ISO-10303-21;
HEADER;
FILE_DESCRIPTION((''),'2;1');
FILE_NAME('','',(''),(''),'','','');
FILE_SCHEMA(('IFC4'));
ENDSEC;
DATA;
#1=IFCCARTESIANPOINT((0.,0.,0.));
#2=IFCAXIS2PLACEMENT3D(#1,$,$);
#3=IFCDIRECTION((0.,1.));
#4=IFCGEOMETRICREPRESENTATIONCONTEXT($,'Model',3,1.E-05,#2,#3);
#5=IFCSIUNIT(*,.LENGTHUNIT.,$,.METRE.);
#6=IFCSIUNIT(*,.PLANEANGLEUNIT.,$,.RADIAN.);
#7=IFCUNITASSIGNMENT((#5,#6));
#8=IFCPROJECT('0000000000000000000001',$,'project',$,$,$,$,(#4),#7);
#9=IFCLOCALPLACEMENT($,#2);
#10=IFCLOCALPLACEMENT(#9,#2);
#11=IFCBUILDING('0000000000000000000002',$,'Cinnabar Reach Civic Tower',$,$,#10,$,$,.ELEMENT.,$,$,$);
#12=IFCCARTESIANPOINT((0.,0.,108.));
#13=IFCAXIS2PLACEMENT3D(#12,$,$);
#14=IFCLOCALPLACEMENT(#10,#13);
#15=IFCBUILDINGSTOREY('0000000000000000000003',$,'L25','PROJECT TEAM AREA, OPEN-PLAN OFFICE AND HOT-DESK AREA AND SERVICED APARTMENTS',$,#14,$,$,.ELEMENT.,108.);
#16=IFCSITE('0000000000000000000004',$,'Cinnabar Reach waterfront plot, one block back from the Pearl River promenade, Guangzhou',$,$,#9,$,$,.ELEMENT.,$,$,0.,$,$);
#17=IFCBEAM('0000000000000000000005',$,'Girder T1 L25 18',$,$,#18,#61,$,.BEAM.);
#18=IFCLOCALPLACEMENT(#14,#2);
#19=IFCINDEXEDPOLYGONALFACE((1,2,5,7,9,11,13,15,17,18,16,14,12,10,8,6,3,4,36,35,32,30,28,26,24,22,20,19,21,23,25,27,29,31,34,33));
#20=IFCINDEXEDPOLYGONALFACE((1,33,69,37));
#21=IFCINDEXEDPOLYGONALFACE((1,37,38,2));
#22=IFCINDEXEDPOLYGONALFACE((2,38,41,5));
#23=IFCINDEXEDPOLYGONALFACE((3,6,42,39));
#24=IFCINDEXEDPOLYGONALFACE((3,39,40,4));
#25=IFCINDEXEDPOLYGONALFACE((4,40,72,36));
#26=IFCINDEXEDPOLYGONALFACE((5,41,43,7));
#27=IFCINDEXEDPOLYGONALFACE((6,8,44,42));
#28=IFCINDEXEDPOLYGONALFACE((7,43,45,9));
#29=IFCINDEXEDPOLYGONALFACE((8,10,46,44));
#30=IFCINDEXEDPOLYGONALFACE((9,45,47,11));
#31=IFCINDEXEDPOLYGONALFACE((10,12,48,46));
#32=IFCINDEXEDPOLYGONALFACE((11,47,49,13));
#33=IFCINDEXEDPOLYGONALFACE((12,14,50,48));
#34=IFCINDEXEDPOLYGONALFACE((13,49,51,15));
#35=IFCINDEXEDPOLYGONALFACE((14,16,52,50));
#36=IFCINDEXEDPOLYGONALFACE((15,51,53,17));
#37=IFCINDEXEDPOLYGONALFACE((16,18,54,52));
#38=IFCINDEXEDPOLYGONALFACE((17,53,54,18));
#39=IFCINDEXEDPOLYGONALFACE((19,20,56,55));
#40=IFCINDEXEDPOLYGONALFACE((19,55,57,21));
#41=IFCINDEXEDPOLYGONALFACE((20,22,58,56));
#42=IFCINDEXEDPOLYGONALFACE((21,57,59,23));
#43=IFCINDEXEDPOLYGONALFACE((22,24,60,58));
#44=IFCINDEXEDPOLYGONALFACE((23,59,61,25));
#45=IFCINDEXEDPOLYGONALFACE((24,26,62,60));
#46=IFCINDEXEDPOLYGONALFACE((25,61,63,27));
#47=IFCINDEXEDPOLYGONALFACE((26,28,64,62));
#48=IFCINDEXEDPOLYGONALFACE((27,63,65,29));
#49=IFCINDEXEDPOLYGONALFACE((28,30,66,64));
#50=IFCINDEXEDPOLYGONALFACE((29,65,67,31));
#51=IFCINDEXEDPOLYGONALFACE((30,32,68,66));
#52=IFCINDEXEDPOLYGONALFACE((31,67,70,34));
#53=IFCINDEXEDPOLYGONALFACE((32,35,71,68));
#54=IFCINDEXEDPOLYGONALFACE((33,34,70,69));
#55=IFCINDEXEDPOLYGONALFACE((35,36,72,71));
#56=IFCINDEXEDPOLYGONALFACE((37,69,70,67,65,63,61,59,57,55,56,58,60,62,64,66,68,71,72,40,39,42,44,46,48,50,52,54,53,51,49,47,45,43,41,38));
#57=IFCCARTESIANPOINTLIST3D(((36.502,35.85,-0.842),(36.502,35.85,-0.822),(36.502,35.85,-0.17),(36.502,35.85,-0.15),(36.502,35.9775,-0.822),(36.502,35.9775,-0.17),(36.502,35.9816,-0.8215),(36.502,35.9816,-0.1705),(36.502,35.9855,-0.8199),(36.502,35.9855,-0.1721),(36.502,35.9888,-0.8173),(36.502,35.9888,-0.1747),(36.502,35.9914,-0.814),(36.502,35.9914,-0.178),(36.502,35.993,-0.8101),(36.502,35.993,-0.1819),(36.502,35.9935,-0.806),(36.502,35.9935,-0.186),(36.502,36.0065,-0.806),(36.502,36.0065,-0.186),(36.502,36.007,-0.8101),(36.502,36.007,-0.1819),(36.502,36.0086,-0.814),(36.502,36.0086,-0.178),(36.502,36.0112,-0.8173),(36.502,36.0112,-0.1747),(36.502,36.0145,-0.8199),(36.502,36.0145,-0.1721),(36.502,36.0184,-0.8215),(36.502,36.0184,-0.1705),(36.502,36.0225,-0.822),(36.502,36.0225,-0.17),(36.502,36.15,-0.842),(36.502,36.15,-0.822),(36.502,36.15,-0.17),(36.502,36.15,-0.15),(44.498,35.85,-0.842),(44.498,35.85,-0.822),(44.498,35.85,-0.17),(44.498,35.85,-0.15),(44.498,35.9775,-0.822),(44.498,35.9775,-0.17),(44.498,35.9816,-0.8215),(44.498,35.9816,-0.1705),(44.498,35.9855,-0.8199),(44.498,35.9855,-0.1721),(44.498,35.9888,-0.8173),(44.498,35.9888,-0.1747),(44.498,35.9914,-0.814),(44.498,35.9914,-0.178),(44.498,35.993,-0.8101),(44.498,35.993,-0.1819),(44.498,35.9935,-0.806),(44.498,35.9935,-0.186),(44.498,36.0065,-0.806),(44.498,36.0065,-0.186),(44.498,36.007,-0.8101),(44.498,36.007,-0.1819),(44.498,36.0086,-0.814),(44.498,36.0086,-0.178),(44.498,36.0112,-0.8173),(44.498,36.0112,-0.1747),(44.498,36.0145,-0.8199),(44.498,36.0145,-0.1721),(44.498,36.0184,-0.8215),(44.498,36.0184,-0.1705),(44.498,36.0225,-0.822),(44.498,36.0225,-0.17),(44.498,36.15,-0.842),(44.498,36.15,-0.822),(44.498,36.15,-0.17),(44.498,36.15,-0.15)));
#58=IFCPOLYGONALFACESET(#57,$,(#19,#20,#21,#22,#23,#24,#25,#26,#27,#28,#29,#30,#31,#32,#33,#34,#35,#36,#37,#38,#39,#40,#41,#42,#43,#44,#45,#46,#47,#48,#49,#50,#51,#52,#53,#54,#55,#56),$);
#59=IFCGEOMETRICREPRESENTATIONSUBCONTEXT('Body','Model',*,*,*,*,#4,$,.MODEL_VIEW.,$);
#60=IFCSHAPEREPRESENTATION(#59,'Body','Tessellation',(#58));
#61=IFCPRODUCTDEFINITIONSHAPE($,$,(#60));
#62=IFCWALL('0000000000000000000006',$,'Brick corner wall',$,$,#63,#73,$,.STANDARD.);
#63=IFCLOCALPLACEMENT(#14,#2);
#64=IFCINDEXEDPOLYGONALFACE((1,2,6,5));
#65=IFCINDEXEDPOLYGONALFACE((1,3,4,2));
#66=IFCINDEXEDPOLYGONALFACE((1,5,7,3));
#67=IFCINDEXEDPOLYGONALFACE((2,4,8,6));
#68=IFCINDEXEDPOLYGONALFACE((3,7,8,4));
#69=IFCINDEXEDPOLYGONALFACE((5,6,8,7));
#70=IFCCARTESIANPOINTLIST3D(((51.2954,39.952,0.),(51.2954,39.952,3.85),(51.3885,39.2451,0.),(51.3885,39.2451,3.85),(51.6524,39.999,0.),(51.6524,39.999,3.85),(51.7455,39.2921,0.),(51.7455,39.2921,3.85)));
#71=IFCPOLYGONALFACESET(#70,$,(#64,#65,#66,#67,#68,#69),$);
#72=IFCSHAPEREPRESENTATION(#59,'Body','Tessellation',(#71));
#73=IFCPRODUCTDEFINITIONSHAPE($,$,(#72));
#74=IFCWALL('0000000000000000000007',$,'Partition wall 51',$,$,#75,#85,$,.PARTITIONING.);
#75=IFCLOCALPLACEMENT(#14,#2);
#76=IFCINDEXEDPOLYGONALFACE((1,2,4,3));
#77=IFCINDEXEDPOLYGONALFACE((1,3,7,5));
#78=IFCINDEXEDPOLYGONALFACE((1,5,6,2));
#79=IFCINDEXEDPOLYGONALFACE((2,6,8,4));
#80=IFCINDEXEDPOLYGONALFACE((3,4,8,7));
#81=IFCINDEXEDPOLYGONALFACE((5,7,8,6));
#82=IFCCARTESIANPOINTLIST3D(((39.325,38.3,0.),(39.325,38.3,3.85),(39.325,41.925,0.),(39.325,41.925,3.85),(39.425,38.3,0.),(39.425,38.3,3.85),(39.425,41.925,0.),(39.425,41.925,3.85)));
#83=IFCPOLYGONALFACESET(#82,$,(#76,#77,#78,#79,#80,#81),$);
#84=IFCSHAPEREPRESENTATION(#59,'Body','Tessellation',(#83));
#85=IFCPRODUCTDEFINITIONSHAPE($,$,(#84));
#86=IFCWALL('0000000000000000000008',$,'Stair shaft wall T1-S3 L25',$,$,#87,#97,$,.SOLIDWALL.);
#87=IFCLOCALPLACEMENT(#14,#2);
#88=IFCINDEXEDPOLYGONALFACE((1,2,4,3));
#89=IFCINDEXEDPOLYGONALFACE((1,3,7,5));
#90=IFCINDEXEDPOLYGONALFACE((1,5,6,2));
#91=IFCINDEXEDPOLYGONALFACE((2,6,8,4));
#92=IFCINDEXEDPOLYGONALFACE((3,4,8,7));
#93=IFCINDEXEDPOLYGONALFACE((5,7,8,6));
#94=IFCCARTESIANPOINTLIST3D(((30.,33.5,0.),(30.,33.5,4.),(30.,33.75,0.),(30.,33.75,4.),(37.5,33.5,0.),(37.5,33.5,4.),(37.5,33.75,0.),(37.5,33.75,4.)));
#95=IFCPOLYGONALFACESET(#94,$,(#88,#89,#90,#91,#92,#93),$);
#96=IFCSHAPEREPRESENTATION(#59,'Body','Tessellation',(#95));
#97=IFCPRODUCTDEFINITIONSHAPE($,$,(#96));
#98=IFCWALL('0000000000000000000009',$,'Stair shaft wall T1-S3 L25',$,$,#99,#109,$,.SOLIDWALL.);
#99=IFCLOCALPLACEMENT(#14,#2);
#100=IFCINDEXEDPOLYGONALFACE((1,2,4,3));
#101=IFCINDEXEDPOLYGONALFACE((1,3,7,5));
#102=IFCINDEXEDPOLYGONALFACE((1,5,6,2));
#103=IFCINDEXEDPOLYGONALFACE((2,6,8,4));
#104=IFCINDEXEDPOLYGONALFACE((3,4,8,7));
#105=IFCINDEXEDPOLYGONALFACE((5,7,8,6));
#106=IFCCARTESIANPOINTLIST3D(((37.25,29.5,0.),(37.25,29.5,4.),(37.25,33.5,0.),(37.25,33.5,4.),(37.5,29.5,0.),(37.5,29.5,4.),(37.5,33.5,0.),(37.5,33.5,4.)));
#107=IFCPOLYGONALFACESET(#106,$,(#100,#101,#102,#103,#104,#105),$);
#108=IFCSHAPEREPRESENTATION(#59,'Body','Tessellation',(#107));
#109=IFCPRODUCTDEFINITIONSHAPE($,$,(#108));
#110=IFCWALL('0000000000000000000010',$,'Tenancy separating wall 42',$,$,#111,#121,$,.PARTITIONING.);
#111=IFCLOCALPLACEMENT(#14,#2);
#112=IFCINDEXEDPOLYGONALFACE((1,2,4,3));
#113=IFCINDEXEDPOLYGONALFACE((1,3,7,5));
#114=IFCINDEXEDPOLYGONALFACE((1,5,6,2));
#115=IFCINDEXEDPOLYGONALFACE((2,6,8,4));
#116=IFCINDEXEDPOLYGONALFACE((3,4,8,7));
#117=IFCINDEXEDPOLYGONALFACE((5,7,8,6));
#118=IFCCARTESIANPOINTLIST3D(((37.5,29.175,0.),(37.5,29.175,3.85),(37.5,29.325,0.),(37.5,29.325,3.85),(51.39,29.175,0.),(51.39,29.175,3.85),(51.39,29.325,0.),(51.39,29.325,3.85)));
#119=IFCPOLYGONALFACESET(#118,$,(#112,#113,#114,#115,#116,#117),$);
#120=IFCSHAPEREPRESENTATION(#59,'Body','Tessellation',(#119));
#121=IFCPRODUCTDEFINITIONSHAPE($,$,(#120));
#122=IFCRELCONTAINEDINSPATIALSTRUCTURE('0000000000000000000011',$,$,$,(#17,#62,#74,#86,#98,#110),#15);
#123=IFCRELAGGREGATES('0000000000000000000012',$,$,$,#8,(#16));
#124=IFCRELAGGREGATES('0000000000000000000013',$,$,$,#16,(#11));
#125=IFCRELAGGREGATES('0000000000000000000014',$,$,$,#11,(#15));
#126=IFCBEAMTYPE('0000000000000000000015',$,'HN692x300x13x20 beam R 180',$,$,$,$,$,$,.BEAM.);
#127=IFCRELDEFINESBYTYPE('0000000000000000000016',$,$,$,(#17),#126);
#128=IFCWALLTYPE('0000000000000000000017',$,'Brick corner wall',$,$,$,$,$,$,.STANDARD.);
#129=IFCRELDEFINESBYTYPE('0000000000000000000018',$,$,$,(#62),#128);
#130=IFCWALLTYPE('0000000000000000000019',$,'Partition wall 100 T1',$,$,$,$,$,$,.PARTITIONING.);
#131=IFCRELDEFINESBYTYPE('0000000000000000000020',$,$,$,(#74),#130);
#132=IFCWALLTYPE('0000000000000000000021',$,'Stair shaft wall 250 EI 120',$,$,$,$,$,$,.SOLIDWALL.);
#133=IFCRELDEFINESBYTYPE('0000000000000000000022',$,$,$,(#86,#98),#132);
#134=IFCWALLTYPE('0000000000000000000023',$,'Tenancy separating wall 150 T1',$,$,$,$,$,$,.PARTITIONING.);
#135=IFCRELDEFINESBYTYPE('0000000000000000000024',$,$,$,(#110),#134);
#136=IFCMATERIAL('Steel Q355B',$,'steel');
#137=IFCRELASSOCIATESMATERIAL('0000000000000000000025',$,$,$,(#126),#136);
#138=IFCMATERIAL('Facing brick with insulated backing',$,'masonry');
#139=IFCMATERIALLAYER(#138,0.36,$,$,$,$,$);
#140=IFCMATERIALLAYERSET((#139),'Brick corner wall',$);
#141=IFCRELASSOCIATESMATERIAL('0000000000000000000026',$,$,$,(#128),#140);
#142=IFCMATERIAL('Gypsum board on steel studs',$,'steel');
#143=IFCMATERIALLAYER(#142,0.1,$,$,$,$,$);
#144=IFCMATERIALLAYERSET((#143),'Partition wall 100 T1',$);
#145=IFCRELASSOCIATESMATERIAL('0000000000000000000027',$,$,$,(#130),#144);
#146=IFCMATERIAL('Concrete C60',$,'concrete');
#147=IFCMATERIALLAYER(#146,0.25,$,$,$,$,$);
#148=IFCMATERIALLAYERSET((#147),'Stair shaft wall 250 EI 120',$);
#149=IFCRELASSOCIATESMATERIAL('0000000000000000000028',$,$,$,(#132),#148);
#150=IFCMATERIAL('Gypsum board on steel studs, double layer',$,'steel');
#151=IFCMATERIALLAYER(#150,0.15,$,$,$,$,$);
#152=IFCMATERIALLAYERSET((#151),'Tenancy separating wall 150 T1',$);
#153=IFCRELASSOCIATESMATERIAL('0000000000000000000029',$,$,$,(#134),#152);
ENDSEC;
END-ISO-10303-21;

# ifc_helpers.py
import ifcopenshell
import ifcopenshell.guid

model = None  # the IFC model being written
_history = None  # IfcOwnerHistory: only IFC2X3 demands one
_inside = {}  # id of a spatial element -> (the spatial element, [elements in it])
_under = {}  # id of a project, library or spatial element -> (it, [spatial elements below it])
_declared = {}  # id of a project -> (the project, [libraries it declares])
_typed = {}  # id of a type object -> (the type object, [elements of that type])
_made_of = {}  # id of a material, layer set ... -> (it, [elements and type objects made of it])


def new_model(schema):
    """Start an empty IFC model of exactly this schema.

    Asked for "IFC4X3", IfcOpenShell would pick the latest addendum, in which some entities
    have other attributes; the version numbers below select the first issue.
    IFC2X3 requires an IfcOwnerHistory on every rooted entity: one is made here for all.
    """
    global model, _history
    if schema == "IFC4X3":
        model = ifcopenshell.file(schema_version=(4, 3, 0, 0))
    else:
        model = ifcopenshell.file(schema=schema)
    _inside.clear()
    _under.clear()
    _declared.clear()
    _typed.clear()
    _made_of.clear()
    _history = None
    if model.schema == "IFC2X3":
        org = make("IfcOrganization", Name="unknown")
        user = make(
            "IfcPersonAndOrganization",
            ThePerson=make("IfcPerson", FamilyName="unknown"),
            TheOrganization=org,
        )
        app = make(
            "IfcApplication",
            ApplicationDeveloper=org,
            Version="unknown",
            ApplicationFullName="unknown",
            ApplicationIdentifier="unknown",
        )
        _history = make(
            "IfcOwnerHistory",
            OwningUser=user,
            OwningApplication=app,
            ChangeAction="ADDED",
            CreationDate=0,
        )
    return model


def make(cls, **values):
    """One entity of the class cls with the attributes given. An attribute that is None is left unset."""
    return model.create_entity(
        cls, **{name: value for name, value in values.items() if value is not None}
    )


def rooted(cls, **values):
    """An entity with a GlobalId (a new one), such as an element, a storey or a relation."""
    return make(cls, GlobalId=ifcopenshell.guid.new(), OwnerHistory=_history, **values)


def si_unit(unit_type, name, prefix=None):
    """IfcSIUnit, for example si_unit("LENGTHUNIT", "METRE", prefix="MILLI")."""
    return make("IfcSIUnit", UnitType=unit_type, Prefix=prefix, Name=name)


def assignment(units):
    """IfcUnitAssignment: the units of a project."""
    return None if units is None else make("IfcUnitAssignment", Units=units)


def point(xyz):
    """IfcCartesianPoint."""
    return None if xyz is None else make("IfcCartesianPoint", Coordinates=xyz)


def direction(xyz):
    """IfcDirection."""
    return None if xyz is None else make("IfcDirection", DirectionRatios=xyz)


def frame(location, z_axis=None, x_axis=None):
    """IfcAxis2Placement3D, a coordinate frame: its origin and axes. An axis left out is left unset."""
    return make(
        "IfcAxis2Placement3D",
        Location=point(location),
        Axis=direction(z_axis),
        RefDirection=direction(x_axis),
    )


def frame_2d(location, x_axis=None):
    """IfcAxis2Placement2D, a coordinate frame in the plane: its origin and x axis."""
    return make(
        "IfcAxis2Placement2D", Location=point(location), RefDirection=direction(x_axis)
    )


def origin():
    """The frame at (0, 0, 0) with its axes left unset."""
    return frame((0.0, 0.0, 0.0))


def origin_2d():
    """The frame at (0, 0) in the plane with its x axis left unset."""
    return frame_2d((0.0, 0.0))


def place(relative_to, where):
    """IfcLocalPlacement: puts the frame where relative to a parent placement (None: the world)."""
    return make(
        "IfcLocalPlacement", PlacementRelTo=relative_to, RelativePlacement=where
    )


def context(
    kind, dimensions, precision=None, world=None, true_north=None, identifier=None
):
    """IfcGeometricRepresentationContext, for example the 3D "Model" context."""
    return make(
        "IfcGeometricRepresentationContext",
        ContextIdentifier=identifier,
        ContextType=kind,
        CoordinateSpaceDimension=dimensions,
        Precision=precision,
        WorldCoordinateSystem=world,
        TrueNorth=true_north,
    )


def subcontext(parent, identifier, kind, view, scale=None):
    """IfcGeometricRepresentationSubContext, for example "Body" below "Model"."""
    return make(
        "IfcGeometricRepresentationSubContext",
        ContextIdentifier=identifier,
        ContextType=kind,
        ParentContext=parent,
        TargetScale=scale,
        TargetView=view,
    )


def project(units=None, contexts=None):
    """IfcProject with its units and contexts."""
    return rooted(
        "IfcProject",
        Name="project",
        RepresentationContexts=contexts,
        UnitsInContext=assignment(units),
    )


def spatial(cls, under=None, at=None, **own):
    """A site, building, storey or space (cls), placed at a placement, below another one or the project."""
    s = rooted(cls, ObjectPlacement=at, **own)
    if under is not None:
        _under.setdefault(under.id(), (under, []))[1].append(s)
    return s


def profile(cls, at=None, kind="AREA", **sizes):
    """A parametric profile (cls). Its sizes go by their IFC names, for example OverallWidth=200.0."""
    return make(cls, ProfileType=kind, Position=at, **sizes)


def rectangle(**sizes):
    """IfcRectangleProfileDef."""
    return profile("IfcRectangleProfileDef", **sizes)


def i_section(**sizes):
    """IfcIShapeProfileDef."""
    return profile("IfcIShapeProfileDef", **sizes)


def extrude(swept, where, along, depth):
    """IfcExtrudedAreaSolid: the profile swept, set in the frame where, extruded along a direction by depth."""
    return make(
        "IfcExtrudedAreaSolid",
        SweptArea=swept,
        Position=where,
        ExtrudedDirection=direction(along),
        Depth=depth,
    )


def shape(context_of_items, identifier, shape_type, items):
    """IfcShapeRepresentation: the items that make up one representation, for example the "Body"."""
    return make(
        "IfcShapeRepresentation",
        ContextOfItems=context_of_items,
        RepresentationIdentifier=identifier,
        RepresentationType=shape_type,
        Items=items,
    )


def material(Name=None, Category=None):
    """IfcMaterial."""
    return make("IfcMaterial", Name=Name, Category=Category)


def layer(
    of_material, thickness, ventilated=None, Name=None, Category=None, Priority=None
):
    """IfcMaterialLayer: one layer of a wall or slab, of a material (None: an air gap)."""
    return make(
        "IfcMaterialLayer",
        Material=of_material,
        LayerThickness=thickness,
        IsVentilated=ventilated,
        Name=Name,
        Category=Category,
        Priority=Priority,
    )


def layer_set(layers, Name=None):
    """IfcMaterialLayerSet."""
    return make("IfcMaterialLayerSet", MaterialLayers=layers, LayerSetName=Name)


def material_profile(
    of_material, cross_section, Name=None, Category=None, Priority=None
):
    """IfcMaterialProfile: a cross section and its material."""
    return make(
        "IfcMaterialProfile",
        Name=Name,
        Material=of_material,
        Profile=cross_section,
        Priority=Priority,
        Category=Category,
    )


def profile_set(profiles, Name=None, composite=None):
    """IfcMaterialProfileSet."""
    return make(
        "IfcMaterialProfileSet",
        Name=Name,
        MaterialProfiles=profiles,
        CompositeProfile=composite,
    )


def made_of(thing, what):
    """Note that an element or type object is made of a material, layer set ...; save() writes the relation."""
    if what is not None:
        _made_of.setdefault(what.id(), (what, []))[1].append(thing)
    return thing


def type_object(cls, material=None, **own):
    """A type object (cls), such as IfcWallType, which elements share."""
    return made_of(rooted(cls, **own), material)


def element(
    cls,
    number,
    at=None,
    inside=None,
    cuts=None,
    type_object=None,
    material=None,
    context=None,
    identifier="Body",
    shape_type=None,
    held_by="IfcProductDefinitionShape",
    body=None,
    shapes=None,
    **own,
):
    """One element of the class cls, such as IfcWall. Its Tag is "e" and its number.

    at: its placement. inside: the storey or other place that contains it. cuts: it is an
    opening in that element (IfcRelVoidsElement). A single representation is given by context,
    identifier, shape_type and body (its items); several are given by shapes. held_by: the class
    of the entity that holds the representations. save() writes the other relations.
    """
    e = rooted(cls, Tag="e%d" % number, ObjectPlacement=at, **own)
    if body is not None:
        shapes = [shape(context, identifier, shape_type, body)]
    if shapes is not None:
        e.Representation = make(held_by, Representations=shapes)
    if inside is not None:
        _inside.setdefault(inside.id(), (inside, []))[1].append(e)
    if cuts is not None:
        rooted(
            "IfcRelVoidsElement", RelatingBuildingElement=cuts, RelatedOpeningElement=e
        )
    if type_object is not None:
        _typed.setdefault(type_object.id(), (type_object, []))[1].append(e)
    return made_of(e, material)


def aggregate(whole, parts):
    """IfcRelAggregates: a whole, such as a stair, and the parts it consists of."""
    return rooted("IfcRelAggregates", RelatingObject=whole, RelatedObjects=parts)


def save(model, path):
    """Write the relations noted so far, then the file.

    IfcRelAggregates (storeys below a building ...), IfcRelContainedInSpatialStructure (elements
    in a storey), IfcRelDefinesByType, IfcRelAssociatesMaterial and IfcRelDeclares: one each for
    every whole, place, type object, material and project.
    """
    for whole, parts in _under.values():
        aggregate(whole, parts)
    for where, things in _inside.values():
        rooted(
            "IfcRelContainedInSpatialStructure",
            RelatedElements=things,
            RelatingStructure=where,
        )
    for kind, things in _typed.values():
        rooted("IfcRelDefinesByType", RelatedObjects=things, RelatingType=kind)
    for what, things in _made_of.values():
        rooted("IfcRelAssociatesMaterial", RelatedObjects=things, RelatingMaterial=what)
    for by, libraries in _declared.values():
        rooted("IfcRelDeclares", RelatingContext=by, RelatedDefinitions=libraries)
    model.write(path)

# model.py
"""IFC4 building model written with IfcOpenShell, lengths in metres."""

from ifc_helpers import new_model, si_unit, direction, frame, frame_2d, origin, origin_2d, place, context, subcontext, project, spatial, rectangle, i_section, extrude, material, layer, layer_set, material_profile, profile_set, type_object, element, save


model = new_model("IFC4")

# Units and contexts
model_context = context("Model", 3, precision=1e-05, world=origin(), true_north=direction((0.0, 1.0)))
body_context = subcontext(model_context, "Body", "Model", "MODEL_VIEW")
ifc_project = project(units=[si_unit("LENGTHUNIT", "METRE"), si_unit("PLANEANGLEUNIT", "RADIAN")], contexts=[model_context])

# Site, building, storey
site_placement = place(None, origin())
site = spatial("IfcSite", under=ifc_project, at=site_placement, Name="Cinnabar Reach waterfront plot, one block back from the Pearl River promenade, Guangzhou", CompositionType="ELEMENT", RefElevation=0.0)
building_placement = place(site_placement, origin())
building = spatial("IfcBuilding", under=site, at=building_placement, Name="Cinnabar Reach Civic Tower", CompositionType="ELEMENT")
storey_placement = place(building_placement, frame((0.0, 0.0, 108.0)))
storey = spatial("IfcBuildingStorey", under=building, at=storey_placement, Name="L25", Description="PROJECT TEAM AREA, OPEN-PLAN OFFICE AND HOT-DESK AREA AND SERVICED APARTMENTS", CompositionType="ELEMENT", Elevation=108.0)

# Beam
ifc_material_1 = material(Name="Steel Q355B", Category="steel")
ifc_material_profile_1 = material_profile(ifc_material_1, i_section(OverallWidth=0.3, OverallDepth=0.692, WebThickness=0.013, FlangeThickness=0.02, FilletRadius=0.016, at=origin_2d()), Name="HN692x300x13x20")
ifc_profile_set_1 = profile_set([ifc_material_profile_1], Name="Steel Q355B")
beam_type_1 = type_object("IfcBeamType", Name="HN692x300x13x20 beam R 180", PredefinedType="BEAM", material=ifc_profile_set_1)
beam_1_placement = place(storey_placement, frame((36.502, 36.0, -0.496), z_axis=(1.0, 0.0, 0.0), x_axis=(0.0, 1.0, 0.0)))
element("IfcBeam", 1, at=beam_1_placement, inside=storey, type_object=beam_type_1, Name="Girder T1 L25 18", PredefinedType="BEAM", context=body_context, shape_type="SweptSolid", body=[
    extrude(i_section(OverallWidth=0.3, OverallDepth=0.692, WebThickness=0.013, FlangeThickness=0.02, FilletRadius=0.016, at=origin_2d()), origin(), (0.0, 0.0, 1.0), 7.996),
])

# Walls
ifc_material_2 = material(Name="Facing brick with insulated backing", Category="masonry")
ifc_layer_1 = layer(ifc_material_2, 0.36)
ifc_layer_set_1 = layer_set([ifc_layer_1], Name="Brick corner wall")
wall_type_1 = type_object("IfcWallType", Name="Brick corner wall", PredefinedType="STANDARD", material=ifc_layer_set_1)
wall_1_placement = place(storey_placement, frame((51.567, 39.2686, 0.0), z_axis=(0.0, 0.0, 1.0), x_axis=(-0.130556, 0.991441, 0.0)))
element("IfcWall", 2, at=wall_1_placement, inside=storey, type_object=wall_type_1, Name="Brick corner wall", PredefinedType="STANDARD", context=body_context, shape_type="SweptSolid", body=[
    extrude(rectangle(XDim=0.7131, YDim=0.36, at=frame_2d((0.3565, 0.0))), origin(), (0.0, 0.0, 1.0), 3.85),
])
ifc_material_3 = material(Name="Gypsum board on steel studs", Category="steel")
ifc_layer_2 = layer(ifc_material_3, 0.1)
ifc_layer_set_2 = layer_set([ifc_layer_2], Name="Partition wall 100 T1")
wall_type_2 = type_object("IfcWallType", Name="Partition wall 100 T1", PredefinedType="PARTITIONING", material=ifc_layer_set_2)
wall_2_placement = place(storey_placement, frame((39.375, 38.3, 0.0), z_axis=(0.0, 0.0, 1.0), x_axis=(0.0, 1.0, 0.0)))
element("IfcWall", 3, at=wall_2_placement, inside=storey, type_object=wall_type_2, Name="Partition wall 51", PredefinedType="PARTITIONING", context=body_context, shape_type="SweptSolid", body=[
    extrude(rectangle(XDim=3.625, YDim=0.1, at=frame_2d((1.8125, 0.0))), origin(), (0.0, 0.0, 1.0), 3.85),
])
ifc_material_4 = material(Name="Concrete C60", Category="concrete")
ifc_layer_3 = layer(ifc_material_4, 0.25)
ifc_layer_set_3 = layer_set([ifc_layer_3], Name="Stair shaft wall 250 EI 120")
wall_type_3 = type_object("IfcWallType", Name="Stair shaft wall 250 EI 120", PredefinedType="SOLIDWALL", material=ifc_layer_set_3)
wall_3_placement = place(storey_placement, frame((37.5, 33.625, 0.0), z_axis=(0.0, 0.0, 1.0), x_axis=(-1.0, 0.0, 0.0)))
element("IfcWall", 4, at=wall_3_placement, inside=storey, type_object=wall_type_3, Name="Stair shaft wall T1-S3 L25", PredefinedType="SOLIDWALL", context=body_context, shape_type="SweptSolid", body=[
    extrude(rectangle(XDim=7.5, YDim=0.25, at=frame_2d((3.75, 0.0))), origin(), (0.0, 0.0, 1.0), 4.0),
])
wall_4_placement = place(storey_placement, frame((37.375, 29.5, 0.0), z_axis=(0.0, 0.0, 1.0), x_axis=(0.0, 1.0, 0.0)))
element("IfcWall", 5, at=wall_4_placement, inside=storey, type_object=wall_type_3, Name="Stair shaft wall T1-S3 L25", PredefinedType="SOLIDWALL", context=body_context, shape_type="SweptSolid", body=[
    extrude(rectangle(XDim=4.0, YDim=0.25, at=frame_2d((2.0, 0.0))), origin(), (0.0, 0.0, 1.0), 4.0),
])
ifc_material_5 = material(Name="Gypsum board on steel studs, double layer", Category="steel")
ifc_layer_4 = layer(ifc_material_5, 0.15)
ifc_layer_set_4 = layer_set([ifc_layer_4], Name="Tenancy separating wall 150 T1")
wall_type_4 = type_object("IfcWallType", Name="Tenancy separating wall 150 T1", PredefinedType="PARTITIONING", material=ifc_layer_set_4)
wall_5_placement = place(storey_placement, frame((37.5, 29.25, 0.0), z_axis=(0.0, 0.0, 1.0), x_axis=(1.0, 0.0, 0.0)))
element("IfcWall", 6, at=wall_5_placement, inside=storey, type_object=wall_type_4, Name="Tenancy separating wall 42", PredefinedType="PARTITIONING", context=body_context, shape_type="SweptSolid", body=[
    extrude(rectangle(XDim=13.89, YDim=0.15, at=frame_2d((6.945, 0.0))), origin(), (0.0, 0.0, 1.0), 3.85),
])

save(model, "model.ifc")
